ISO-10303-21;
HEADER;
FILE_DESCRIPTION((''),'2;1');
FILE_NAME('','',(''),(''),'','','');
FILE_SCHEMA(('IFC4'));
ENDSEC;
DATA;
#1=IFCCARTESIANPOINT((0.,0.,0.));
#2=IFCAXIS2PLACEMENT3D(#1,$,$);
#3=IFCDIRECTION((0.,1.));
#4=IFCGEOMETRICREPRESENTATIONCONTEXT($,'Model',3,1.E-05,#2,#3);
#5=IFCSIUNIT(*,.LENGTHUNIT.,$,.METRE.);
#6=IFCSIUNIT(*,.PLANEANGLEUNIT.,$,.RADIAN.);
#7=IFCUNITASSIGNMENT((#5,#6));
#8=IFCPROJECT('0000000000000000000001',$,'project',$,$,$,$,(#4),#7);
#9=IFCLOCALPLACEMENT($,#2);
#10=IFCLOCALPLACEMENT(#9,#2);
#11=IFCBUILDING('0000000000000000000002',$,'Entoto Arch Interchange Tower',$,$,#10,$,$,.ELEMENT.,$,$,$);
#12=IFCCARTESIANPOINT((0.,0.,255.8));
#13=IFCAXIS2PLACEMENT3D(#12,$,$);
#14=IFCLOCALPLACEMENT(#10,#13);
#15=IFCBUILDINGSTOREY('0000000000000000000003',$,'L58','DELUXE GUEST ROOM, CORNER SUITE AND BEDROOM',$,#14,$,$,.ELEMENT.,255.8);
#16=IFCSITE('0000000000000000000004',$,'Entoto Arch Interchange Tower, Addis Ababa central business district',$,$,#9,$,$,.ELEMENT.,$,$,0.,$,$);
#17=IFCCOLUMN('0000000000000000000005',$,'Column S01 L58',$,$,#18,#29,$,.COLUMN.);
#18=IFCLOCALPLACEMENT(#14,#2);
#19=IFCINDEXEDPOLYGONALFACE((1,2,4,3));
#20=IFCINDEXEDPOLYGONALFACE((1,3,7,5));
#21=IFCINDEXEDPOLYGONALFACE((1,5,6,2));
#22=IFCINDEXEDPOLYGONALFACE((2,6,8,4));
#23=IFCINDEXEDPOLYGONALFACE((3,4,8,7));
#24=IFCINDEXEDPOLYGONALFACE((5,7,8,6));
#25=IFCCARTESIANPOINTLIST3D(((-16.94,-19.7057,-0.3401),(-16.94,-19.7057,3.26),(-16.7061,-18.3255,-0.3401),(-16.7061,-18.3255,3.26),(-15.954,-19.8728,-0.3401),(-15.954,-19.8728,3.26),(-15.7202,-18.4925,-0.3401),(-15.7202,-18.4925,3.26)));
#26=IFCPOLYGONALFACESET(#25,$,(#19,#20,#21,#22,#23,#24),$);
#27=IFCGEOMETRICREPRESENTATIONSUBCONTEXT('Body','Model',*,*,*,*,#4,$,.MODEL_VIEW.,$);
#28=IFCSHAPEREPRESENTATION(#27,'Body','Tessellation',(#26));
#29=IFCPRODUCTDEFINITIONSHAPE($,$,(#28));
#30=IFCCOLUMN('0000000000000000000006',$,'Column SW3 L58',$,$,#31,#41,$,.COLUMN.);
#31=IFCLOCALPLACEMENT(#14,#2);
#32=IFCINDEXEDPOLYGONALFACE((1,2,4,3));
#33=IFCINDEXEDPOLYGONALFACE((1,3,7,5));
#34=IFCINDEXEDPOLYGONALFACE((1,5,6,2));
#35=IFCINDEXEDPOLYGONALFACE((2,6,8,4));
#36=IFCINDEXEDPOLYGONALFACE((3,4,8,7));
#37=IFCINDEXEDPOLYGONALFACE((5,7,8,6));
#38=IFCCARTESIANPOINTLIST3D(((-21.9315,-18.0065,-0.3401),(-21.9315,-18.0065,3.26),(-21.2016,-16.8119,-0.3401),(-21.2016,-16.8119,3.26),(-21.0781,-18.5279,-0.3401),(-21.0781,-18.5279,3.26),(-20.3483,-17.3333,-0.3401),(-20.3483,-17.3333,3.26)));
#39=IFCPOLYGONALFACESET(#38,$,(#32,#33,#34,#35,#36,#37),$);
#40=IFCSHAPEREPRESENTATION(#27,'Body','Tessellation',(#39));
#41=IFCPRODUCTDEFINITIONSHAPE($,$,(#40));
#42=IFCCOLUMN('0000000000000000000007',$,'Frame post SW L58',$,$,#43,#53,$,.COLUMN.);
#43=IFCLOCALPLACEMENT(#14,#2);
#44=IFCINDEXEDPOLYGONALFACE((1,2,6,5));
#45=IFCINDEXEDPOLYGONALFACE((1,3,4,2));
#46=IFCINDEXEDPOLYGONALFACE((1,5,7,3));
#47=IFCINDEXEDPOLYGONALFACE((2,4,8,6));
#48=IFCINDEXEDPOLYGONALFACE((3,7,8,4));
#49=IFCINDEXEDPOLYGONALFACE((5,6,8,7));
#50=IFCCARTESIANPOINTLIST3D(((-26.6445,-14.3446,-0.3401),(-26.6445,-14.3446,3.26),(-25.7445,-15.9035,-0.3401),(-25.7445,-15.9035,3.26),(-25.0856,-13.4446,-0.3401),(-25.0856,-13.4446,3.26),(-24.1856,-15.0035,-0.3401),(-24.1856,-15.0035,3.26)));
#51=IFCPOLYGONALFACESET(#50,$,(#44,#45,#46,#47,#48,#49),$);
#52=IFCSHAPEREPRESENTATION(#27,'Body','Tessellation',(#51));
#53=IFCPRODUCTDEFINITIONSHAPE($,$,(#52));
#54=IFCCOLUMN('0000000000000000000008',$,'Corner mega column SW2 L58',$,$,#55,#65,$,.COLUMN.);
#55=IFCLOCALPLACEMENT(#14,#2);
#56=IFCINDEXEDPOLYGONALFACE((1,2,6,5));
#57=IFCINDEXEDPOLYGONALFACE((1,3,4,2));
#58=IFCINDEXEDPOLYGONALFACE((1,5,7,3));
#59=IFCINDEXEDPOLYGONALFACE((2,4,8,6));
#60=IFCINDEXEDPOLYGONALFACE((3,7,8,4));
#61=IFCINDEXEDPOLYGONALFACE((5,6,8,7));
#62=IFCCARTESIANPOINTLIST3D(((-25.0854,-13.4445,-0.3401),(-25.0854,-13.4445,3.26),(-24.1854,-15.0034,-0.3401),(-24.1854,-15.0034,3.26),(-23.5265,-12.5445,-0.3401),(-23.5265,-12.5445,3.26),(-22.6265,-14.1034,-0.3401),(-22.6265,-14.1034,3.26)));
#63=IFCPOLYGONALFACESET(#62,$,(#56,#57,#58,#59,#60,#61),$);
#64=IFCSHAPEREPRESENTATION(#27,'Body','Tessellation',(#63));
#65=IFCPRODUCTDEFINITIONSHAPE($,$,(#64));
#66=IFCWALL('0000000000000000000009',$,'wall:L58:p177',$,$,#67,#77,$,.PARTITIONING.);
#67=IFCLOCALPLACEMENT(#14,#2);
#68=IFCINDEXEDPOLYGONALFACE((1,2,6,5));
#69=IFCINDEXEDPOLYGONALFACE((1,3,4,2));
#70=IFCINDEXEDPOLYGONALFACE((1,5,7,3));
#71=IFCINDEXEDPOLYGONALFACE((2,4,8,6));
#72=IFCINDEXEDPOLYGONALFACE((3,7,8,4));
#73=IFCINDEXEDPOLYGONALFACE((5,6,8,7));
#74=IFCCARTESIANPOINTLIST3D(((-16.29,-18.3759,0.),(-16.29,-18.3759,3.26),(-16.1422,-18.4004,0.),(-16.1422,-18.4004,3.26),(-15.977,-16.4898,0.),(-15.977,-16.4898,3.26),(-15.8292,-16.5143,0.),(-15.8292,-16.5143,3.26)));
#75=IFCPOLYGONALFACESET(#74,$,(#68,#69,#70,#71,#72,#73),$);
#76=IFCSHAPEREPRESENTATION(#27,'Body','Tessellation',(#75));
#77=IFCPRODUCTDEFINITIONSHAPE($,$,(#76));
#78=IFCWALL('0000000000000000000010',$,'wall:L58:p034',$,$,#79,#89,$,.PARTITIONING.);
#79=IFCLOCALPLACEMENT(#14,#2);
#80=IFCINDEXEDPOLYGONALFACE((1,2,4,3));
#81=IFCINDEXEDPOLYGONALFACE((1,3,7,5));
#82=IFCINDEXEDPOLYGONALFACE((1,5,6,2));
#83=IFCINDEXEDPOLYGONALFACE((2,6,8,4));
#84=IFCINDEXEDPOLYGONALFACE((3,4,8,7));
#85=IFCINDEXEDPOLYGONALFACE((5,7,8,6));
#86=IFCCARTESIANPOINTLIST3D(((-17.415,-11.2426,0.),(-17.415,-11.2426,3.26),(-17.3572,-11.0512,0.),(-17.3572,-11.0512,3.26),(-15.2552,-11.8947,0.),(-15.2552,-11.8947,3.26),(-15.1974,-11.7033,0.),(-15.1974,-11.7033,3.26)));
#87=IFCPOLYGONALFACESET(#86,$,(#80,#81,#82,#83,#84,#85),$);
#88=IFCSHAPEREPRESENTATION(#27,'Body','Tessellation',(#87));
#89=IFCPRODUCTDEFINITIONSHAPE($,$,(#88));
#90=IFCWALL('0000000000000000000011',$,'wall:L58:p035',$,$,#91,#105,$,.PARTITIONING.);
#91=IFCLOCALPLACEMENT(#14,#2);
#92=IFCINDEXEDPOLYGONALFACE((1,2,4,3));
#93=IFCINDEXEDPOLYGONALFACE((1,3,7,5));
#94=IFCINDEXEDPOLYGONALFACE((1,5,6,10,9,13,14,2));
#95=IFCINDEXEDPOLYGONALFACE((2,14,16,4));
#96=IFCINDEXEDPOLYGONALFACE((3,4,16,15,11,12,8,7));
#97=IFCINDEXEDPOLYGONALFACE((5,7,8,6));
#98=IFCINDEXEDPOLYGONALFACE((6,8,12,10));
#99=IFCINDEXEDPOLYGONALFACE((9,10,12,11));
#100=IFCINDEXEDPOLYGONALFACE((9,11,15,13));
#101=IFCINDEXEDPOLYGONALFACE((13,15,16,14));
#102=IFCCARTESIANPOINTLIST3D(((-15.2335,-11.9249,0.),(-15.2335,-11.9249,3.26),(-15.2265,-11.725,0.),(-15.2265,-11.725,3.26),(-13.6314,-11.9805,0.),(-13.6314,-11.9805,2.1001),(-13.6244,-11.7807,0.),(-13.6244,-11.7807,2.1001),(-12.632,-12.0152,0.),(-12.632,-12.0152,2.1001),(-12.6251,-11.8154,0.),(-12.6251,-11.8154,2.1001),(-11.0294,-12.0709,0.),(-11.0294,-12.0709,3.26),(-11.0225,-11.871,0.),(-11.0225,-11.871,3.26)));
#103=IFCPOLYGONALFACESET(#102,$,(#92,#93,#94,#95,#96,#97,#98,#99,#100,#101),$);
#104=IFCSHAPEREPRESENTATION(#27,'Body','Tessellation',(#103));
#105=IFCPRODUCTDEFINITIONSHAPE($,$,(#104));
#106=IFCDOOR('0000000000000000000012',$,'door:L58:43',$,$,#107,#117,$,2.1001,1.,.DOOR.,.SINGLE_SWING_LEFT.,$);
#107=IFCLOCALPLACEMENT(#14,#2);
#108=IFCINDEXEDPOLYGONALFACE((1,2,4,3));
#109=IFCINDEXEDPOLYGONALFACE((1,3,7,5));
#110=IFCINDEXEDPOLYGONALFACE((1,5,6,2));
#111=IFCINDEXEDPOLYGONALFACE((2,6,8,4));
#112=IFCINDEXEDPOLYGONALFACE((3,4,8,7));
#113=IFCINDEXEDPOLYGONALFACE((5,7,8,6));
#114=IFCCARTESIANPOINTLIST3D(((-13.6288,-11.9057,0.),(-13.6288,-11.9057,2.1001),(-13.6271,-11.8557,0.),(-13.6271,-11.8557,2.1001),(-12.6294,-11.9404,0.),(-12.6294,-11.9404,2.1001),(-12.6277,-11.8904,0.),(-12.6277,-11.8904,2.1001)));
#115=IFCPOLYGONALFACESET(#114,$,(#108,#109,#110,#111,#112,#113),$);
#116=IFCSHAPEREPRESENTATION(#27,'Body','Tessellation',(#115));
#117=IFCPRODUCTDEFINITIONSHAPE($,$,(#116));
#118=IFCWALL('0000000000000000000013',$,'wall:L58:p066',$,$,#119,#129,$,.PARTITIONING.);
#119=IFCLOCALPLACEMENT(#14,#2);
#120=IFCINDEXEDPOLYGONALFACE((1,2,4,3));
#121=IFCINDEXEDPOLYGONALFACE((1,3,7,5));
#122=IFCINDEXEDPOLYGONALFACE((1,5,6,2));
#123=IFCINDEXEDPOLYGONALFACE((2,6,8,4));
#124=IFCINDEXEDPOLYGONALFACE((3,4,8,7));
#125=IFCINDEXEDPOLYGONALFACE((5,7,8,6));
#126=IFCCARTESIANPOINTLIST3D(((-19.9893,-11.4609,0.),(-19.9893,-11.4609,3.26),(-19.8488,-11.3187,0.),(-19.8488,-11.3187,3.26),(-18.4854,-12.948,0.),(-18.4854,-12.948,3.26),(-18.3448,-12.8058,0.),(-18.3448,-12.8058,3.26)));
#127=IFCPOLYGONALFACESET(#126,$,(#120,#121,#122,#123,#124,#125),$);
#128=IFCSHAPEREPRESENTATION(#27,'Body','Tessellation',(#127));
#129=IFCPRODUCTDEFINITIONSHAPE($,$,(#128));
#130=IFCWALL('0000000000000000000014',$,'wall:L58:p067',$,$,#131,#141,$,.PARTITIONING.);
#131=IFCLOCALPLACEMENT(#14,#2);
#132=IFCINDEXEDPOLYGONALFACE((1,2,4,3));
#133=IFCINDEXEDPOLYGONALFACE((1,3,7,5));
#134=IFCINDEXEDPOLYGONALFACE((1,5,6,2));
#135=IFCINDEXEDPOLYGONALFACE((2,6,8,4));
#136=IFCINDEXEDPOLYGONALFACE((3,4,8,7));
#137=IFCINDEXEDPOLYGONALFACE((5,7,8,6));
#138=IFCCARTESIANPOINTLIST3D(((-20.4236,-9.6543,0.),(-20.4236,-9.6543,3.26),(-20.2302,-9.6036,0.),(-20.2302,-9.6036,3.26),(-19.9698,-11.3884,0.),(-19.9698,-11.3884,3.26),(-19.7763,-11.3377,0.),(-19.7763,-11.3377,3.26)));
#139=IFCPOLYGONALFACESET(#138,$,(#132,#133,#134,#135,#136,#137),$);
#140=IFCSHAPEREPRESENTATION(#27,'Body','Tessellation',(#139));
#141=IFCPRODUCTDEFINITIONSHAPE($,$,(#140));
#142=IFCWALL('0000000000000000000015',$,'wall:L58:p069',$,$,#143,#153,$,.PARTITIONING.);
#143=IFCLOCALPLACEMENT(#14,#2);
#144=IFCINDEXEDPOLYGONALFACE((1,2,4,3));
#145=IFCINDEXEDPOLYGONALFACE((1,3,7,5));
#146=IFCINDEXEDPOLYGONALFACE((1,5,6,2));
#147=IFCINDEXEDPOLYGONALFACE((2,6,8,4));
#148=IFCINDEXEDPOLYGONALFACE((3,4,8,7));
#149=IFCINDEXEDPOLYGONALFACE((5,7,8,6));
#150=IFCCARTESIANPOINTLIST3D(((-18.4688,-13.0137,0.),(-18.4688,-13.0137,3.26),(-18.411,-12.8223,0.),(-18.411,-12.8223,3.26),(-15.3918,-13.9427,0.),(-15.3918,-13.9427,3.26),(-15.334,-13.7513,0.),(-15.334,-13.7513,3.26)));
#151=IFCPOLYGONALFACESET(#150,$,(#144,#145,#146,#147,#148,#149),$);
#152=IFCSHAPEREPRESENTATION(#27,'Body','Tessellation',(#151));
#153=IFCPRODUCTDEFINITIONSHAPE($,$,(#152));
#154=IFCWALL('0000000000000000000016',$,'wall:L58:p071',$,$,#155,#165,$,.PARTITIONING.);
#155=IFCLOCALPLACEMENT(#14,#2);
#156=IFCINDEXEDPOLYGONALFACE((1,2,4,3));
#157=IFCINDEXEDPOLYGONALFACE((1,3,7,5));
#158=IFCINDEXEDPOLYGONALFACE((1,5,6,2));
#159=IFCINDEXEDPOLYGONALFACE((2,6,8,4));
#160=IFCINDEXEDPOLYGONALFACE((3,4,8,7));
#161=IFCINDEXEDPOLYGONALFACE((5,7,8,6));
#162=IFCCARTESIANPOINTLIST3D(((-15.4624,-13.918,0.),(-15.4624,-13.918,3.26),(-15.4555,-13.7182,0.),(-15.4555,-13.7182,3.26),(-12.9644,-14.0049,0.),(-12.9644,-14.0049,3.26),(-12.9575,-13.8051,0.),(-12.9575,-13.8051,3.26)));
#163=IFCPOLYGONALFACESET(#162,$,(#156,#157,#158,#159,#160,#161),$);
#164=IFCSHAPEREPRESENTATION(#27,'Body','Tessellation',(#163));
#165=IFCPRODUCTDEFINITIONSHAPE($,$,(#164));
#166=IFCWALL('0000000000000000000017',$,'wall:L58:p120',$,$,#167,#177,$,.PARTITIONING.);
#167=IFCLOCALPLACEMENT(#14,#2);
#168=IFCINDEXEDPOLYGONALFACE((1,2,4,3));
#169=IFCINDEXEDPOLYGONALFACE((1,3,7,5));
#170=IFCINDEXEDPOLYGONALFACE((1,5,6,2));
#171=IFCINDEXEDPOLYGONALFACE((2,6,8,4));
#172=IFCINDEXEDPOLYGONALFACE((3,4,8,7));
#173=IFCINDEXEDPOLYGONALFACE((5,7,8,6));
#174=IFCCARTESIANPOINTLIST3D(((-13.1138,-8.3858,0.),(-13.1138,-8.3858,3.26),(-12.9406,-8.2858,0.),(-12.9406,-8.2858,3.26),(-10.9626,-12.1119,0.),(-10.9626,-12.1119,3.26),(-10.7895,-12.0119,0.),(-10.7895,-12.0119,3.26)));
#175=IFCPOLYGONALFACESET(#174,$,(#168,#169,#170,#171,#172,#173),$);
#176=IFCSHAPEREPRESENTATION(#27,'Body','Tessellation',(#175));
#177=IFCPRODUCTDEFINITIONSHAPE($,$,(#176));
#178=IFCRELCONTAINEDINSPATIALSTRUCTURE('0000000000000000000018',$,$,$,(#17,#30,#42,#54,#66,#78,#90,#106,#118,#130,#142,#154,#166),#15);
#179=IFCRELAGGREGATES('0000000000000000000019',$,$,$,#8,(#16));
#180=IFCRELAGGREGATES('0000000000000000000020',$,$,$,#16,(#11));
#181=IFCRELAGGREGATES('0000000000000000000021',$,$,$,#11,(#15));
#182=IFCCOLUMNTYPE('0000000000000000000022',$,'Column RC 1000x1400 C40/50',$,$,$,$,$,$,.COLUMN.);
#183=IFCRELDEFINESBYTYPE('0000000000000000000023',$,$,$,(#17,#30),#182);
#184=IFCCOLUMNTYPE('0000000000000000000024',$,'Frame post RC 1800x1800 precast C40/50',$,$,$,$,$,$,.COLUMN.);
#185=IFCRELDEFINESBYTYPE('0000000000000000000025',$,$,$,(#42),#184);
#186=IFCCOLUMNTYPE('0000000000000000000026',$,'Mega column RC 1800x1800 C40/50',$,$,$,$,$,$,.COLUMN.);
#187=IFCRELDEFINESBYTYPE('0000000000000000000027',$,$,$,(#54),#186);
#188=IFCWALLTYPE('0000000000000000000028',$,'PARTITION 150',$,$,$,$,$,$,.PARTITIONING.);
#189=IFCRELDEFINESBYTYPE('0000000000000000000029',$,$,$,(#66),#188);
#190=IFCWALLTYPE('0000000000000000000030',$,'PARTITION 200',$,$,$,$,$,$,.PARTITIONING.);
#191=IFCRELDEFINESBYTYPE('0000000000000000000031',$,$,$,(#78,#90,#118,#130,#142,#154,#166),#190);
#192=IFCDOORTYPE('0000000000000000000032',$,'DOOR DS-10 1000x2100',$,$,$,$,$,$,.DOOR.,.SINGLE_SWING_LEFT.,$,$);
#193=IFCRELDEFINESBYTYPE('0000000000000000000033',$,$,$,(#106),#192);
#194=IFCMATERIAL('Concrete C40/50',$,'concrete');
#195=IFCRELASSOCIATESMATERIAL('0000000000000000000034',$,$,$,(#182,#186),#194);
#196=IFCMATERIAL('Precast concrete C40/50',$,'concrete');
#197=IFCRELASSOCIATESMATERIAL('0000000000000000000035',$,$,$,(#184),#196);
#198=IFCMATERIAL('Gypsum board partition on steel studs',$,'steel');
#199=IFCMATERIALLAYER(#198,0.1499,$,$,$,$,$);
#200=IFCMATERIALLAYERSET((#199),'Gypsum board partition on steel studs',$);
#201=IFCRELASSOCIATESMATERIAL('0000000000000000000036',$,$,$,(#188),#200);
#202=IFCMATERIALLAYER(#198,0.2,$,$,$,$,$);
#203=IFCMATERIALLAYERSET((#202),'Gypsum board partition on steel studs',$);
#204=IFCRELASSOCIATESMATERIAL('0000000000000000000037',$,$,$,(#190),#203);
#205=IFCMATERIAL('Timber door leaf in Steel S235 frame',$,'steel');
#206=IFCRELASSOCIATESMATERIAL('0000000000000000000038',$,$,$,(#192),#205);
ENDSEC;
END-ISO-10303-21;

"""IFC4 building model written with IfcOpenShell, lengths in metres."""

from ifc_helpers import new_model, si_unit, direction, frame, frame_2d, origin, origin_2d, place, context, subcontext, project, spatial, rectangle, extrude, material, layer, layer_set, material_profile, profile_set, type_object, element, fill, save


model = new_model("IFC4")

# Units and contexts
model_context = context("Model", 3, precision=1e-05, world=origin(), true_north=direction((0.0, 1.0)))
body_context = subcontext(model_context, "Body", "Model", "MODEL_VIEW")
ifc_project = project(units=[si_unit("LENGTHUNIT", "METRE"), si_unit("PLANEANGLEUNIT", "RADIAN")], contexts=[model_context])

# Site, building, storey
site_placement = place(None, origin())
site = spatial("IfcSite", under=ifc_project, at=site_placement, Name="Entoto Arch Interchange Tower, Addis Ababa central business district", CompositionType="ELEMENT", RefElevation=0.0)
building_placement = place(site_placement, origin())
building = spatial("IfcBuilding", under=site, at=building_placement, Name="Entoto Arch Interchange Tower", CompositionType="ELEMENT")
storey_placement = place(building_placement, frame((0.0, 0.0, 255.8)))
storey = spatial("IfcBuildingStorey", under=building, at=storey_placement, Name="L58", Description="DELUXE GUEST ROOM, CORNER SUITE AND BEDROOM", CompositionType="ELEMENT", Elevation=255.8)

# Columns
ifc_material_1 = material(Name="Concrete C40/50", Category="concrete")
ifc_material_profile_1 = material_profile(ifc_material_1, rectangle(XDim=1.0, YDim=1.3999, at=origin_2d()))
ifc_profile_set_1 = profile_set([ifc_material_profile_1], Name="Concrete C40/50")
column_type_1 = type_object("IfcColumnType", Name="Column RC 1000x1400 C40/50", PredefinedType="COLUMN", material=ifc_profile_set_1)
for number, where, z_axis, x_axis, name in (
    (1, (-16.3301, -19.0991, -0.3401), (0.0, 0.0, 1.0), (-0.985952, 0.167027, 0.0), "Column S01 L58"),
    (2, (-21.1399, -17.6699, -0.3401), (0.0, 0.0, 1.0), (-0.853342, 0.521352, 0.0), "Column SW3 L58"),
):
    element("IfcColumn", number, at=place(storey_placement, frame(where, z_axis=z_axis, x_axis=x_axis)), inside=storey, type_object=column_type_1, Name=name, PredefinedType="COLUMN", context=body_context, shape_type="SweptSolid", body=[
        extrude(rectangle(XDim=1.0, YDim=1.3999, at=origin_2d()), origin(), (0.0, 0.0, 1.0), 3.6001),
    ])
ifc_material_2 = material(Name="Precast concrete C40/50", Category="concrete")
ifc_material_profile_2 = material_profile(ifc_material_2, rectangle(XDim=1.8, YDim=1.8, at=origin_2d()))
ifc_profile_set_2 = profile_set([ifc_material_profile_2], Name="Precast concrete C40/50")
column_type_2 = type_object("IfcColumnType", Name="Frame post RC 1800x1800 precast C40/50", PredefinedType="COLUMN", material=ifc_profile_set_2)
column_1_placement = place(storey_placement, frame((-25.415, -14.6741, -0.3401), z_axis=(0.0, 0.0, 1.0), x_axis=(0.866025, 0.5, 0.0)))
element("IfcColumn", 3, at=column_1_placement, inside=storey, type_object=column_type_2, Name="Frame post SW L58", PredefinedType="COLUMN", context=body_context, shape_type="SweptSolid", body=[
    extrude(rectangle(XDim=1.8, YDim=1.8, at=origin_2d()), origin(), (0.0, 0.0, 1.0), 3.6001),
])
ifc_material_profile_3 = material_profile(ifc_material_1, rectangle(XDim=1.8, YDim=1.8, at=origin_2d()))
ifc_profile_set_3 = profile_set([ifc_material_profile_3], Name="Concrete C40/50")
column_type_3 = type_object("IfcColumnType", Name="Mega column RC 1800x1800 C40/50", PredefinedType="COLUMN", material=ifc_profile_set_3)
column_2_placement = place(storey_placement, frame((-23.856, -13.7739, -0.3401), z_axis=(0.0, 0.0, 1.0), x_axis=(0.866025, 0.5, 0.0)))
element("IfcColumn", 4, at=column_2_placement, inside=storey, type_object=column_type_3, Name="Corner mega column SW2 L58", PredefinedType="COLUMN", context=body_context, shape_type="SweptSolid", body=[
    extrude(rectangle(XDim=1.8, YDim=1.8, at=origin_2d()), origin(), (0.0, 0.0, 1.0), 3.6001),
])

# Walls
ifc_material_3 = material(Name="Gypsum board partition on steel studs", Category="steel")
ifc_layer_1 = layer(ifc_material_3, 0.1499)
ifc_layer_set_1 = layer_set([ifc_layer_1], Name="Gypsum board partition on steel studs")
wall_type_1 = type_object("IfcWallType", Name="PARTITION 150", PredefinedType="PARTITIONING", material=ifc_layer_set_1)
wall_1_placement = place(storey_placement, frame((-15.9031, -16.502, 0.0), z_axis=(0.0, 0.0, 1.0), x_axis=(-0.163716, -0.986508, 0.0)))
element("IfcWall", 5, at=wall_1_placement, inside=storey, type_object=wall_type_1, Name="wall:L58:p177", PredefinedType="PARTITIONING", context=body_context, shape_type="SweptSolid", body=[
    extrude(rectangle(XDim=1.9119, YDim=0.1499, at=frame_2d((0.9561, 0.0))), origin(), (0.0, 0.0, 1.0), 3.26),
])
ifc_layer_2 = layer(ifc_material_3, 0.2)
ifc_layer_set_2 = layer_set([ifc_layer_2], Name="Gypsum board partition on steel studs")
wall_type_2 = type_object("IfcWallType", Name="PARTITION 200", PredefinedType="PARTITIONING", material=ifc_layer_set_2)
wall_2_placement = place(storey_placement, frame((-17.386, -11.147, 0.0), z_axis=(0.0, 0.0, 1.0), x_axis=(0.957321, -0.289025, 0.0)))
element("IfcWall", 6, at=wall_2_placement, inside=storey, type_object=wall_type_2, Name="wall:L58:p034", PredefinedType="PARTITIONING", context=body_context, shape_type="SweptSolid", body=[
    extrude(rectangle(XDim=2.2561, YDim=0.2, at=frame_2d((1.1279, 0.0))), origin(), (0.0, 0.0, 1.0), 3.26),
])

# Wall, opening, door
wall_3_placement = place(storey_placement, frame((-15.23, -11.825, 0.0), z_axis=(0.0, 0.0, 1.0), x_axis=(0.999398, -0.034706, 0.0)))
wall_3 = element("IfcWall", 7, at=wall_3_placement, inside=storey, type_object=wall_type_2, Name="wall:L58:p035", PredefinedType="PARTITIONING", context=body_context, shape_type="SweptSolid", body=[
    extrude(rectangle(XDim=4.2065, YDim=0.2, at=frame_2d((2.1033, 0.0))), origin(), (0.0, 0.0, 1.0), 3.26),
])
opening_1_placement = place(wall_3_placement, frame((1.603, 0.0, 0.0)))
opening_1 = element("IfcOpeningElement", 8, at=opening_1_placement, cuts=wall_3, PredefinedType="OPENING", context=body_context, shape_type="SweptSolid", body=[
    extrude(rectangle(XDim=1.0, YDim=2.1001, at=frame_2d((0.5, 1.05))), frame((0.0, 0.1099, 0.0), z_axis=(0.0, -1.0, 0.0), x_axis=(1.0, 0.0, 0.0)), (0.0, 0.0, 1.0), 0.22),
])
ifc_material_4 = material(Name="Timber door leaf in Steel S235 frame", Category="steel")
door_type_1 = type_object("IfcDoorType", Name="DOOR DS-10 1000x2100", OperationType="SINGLE_SWING_LEFT", PredefinedType="DOOR", material=ifc_material_4)
door_1_placement = place(opening_1_placement, origin())
door_1 = element("IfcDoor", 9, at=door_1_placement, inside=storey, type_object=door_type_1, Name="door:L58:43", OperationType="SINGLE_SWING_LEFT", OverallHeight=2.1001, OverallWidth=1.0, PredefinedType="DOOR", context=body_context, shape_type="SweptSolid", body=[
    extrude(rectangle(XDim=1.0, YDim=2.1001, at=frame_2d((0.5, 1.05))), frame((0.0, 0.0249, 0.0), z_axis=(0.0, -1.0, 0.0), x_axis=(1.0, 0.0, 0.0)), (0.0, 0.0, 1.0), 0.05),
])
fill(opening_1, door_1)

# Walls
wall_4_placement = place(storey_placement, frame((-18.415, -12.877, 0.0), z_axis=(0.0, 0.0, 1.0), x_axis=(-0.711078, 0.703113, 0.0)))
element("IfcWall", 10, at=wall_4_placement, inside=storey, type_object=wall_type_2, Name="wall:L58:p066", PredefinedType="PARTITIONING", context=body_context, shape_type="SweptSolid", body=[
    extrude(rectangle(XDim=2.115, YDim=0.2, at=frame_2d((1.0576, 0.0))), origin(), (0.0, 0.0, 1.0), 3.26),
])
wall_5_placement = place(storey_placement, frame((-19.873, -11.363, 0.0), z_axis=(0.0, 0.0, 1.0), x_axis=(-0.253192, 0.967416, 0.0)))
element("IfcWall", 11, at=wall_5_placement, inside=storey, type_object=wall_type_2, Name="wall:L58:p067", PredefinedType="PARTITIONING", context=body_context, shape_type="SweptSolid", body=[
    extrude(rectangle(XDim=1.7925, YDim=0.2, at=frame_2d((0.8962, 0.0))), origin(), (0.0, 0.0, 1.0), 3.26),
])
wall_6_placement = place(storey_placement, frame((-15.363, -13.8469, 0.0), z_axis=(0.0, 0.0, 1.0), x_axis=(-0.957321, 0.289027, 0.0)))
element("IfcWall", 12, at=wall_6_placement, inside=storey, type_object=wall_type_2, Name="wall:L58:p069", PredefinedType="PARTITIONING", context=body_context, shape_type="SweptSolid", body=[
    extrude(rectangle(XDim=3.2141, YDim=0.2, at=frame_2d((1.6069, 0.0))), origin(), (0.0, 0.0, 1.0), 3.26),
])
wall_7_placement = place(storey_placement, frame((-12.9609, -13.905, 0.0), z_axis=(0.0, 0.0, 1.0), x_axis=(-0.999395, 0.034772, 0.0)))
element("IfcWall", 13, at=wall_7_placement, inside=storey, type_object=wall_type_2, Name="wall:L58:p071", PredefinedType="PARTITIONING", context=body_context, shape_type="SweptSolid", body=[
    extrude(rectangle(XDim=2.4995, YDim=0.2, at=frame_2d((1.2498, 0.0))), origin(), (0.0, 0.0, 1.0), 3.26),
])
wall_8_placement = place(storey_placement, frame((-10.876, -12.062, 0.0), z_axis=(0.0, 0.0, 1.0), x_axis=(-0.499978, 0.866038, 0.0)))
element("IfcWall", 14, at=wall_8_placement, inside=storey, type_object=wall_type_2, Name="wall:L58:p120", PredefinedType="PARTITIONING", context=body_context, shape_type="SweptSolid", body=[
    extrude(rectangle(XDim=4.3025, YDim=0.2, at=frame_2d((2.1514, 0.0))), origin(), (0.0, 0.0, 1.0), 3.26),
])

save(model, "model.ifc")
